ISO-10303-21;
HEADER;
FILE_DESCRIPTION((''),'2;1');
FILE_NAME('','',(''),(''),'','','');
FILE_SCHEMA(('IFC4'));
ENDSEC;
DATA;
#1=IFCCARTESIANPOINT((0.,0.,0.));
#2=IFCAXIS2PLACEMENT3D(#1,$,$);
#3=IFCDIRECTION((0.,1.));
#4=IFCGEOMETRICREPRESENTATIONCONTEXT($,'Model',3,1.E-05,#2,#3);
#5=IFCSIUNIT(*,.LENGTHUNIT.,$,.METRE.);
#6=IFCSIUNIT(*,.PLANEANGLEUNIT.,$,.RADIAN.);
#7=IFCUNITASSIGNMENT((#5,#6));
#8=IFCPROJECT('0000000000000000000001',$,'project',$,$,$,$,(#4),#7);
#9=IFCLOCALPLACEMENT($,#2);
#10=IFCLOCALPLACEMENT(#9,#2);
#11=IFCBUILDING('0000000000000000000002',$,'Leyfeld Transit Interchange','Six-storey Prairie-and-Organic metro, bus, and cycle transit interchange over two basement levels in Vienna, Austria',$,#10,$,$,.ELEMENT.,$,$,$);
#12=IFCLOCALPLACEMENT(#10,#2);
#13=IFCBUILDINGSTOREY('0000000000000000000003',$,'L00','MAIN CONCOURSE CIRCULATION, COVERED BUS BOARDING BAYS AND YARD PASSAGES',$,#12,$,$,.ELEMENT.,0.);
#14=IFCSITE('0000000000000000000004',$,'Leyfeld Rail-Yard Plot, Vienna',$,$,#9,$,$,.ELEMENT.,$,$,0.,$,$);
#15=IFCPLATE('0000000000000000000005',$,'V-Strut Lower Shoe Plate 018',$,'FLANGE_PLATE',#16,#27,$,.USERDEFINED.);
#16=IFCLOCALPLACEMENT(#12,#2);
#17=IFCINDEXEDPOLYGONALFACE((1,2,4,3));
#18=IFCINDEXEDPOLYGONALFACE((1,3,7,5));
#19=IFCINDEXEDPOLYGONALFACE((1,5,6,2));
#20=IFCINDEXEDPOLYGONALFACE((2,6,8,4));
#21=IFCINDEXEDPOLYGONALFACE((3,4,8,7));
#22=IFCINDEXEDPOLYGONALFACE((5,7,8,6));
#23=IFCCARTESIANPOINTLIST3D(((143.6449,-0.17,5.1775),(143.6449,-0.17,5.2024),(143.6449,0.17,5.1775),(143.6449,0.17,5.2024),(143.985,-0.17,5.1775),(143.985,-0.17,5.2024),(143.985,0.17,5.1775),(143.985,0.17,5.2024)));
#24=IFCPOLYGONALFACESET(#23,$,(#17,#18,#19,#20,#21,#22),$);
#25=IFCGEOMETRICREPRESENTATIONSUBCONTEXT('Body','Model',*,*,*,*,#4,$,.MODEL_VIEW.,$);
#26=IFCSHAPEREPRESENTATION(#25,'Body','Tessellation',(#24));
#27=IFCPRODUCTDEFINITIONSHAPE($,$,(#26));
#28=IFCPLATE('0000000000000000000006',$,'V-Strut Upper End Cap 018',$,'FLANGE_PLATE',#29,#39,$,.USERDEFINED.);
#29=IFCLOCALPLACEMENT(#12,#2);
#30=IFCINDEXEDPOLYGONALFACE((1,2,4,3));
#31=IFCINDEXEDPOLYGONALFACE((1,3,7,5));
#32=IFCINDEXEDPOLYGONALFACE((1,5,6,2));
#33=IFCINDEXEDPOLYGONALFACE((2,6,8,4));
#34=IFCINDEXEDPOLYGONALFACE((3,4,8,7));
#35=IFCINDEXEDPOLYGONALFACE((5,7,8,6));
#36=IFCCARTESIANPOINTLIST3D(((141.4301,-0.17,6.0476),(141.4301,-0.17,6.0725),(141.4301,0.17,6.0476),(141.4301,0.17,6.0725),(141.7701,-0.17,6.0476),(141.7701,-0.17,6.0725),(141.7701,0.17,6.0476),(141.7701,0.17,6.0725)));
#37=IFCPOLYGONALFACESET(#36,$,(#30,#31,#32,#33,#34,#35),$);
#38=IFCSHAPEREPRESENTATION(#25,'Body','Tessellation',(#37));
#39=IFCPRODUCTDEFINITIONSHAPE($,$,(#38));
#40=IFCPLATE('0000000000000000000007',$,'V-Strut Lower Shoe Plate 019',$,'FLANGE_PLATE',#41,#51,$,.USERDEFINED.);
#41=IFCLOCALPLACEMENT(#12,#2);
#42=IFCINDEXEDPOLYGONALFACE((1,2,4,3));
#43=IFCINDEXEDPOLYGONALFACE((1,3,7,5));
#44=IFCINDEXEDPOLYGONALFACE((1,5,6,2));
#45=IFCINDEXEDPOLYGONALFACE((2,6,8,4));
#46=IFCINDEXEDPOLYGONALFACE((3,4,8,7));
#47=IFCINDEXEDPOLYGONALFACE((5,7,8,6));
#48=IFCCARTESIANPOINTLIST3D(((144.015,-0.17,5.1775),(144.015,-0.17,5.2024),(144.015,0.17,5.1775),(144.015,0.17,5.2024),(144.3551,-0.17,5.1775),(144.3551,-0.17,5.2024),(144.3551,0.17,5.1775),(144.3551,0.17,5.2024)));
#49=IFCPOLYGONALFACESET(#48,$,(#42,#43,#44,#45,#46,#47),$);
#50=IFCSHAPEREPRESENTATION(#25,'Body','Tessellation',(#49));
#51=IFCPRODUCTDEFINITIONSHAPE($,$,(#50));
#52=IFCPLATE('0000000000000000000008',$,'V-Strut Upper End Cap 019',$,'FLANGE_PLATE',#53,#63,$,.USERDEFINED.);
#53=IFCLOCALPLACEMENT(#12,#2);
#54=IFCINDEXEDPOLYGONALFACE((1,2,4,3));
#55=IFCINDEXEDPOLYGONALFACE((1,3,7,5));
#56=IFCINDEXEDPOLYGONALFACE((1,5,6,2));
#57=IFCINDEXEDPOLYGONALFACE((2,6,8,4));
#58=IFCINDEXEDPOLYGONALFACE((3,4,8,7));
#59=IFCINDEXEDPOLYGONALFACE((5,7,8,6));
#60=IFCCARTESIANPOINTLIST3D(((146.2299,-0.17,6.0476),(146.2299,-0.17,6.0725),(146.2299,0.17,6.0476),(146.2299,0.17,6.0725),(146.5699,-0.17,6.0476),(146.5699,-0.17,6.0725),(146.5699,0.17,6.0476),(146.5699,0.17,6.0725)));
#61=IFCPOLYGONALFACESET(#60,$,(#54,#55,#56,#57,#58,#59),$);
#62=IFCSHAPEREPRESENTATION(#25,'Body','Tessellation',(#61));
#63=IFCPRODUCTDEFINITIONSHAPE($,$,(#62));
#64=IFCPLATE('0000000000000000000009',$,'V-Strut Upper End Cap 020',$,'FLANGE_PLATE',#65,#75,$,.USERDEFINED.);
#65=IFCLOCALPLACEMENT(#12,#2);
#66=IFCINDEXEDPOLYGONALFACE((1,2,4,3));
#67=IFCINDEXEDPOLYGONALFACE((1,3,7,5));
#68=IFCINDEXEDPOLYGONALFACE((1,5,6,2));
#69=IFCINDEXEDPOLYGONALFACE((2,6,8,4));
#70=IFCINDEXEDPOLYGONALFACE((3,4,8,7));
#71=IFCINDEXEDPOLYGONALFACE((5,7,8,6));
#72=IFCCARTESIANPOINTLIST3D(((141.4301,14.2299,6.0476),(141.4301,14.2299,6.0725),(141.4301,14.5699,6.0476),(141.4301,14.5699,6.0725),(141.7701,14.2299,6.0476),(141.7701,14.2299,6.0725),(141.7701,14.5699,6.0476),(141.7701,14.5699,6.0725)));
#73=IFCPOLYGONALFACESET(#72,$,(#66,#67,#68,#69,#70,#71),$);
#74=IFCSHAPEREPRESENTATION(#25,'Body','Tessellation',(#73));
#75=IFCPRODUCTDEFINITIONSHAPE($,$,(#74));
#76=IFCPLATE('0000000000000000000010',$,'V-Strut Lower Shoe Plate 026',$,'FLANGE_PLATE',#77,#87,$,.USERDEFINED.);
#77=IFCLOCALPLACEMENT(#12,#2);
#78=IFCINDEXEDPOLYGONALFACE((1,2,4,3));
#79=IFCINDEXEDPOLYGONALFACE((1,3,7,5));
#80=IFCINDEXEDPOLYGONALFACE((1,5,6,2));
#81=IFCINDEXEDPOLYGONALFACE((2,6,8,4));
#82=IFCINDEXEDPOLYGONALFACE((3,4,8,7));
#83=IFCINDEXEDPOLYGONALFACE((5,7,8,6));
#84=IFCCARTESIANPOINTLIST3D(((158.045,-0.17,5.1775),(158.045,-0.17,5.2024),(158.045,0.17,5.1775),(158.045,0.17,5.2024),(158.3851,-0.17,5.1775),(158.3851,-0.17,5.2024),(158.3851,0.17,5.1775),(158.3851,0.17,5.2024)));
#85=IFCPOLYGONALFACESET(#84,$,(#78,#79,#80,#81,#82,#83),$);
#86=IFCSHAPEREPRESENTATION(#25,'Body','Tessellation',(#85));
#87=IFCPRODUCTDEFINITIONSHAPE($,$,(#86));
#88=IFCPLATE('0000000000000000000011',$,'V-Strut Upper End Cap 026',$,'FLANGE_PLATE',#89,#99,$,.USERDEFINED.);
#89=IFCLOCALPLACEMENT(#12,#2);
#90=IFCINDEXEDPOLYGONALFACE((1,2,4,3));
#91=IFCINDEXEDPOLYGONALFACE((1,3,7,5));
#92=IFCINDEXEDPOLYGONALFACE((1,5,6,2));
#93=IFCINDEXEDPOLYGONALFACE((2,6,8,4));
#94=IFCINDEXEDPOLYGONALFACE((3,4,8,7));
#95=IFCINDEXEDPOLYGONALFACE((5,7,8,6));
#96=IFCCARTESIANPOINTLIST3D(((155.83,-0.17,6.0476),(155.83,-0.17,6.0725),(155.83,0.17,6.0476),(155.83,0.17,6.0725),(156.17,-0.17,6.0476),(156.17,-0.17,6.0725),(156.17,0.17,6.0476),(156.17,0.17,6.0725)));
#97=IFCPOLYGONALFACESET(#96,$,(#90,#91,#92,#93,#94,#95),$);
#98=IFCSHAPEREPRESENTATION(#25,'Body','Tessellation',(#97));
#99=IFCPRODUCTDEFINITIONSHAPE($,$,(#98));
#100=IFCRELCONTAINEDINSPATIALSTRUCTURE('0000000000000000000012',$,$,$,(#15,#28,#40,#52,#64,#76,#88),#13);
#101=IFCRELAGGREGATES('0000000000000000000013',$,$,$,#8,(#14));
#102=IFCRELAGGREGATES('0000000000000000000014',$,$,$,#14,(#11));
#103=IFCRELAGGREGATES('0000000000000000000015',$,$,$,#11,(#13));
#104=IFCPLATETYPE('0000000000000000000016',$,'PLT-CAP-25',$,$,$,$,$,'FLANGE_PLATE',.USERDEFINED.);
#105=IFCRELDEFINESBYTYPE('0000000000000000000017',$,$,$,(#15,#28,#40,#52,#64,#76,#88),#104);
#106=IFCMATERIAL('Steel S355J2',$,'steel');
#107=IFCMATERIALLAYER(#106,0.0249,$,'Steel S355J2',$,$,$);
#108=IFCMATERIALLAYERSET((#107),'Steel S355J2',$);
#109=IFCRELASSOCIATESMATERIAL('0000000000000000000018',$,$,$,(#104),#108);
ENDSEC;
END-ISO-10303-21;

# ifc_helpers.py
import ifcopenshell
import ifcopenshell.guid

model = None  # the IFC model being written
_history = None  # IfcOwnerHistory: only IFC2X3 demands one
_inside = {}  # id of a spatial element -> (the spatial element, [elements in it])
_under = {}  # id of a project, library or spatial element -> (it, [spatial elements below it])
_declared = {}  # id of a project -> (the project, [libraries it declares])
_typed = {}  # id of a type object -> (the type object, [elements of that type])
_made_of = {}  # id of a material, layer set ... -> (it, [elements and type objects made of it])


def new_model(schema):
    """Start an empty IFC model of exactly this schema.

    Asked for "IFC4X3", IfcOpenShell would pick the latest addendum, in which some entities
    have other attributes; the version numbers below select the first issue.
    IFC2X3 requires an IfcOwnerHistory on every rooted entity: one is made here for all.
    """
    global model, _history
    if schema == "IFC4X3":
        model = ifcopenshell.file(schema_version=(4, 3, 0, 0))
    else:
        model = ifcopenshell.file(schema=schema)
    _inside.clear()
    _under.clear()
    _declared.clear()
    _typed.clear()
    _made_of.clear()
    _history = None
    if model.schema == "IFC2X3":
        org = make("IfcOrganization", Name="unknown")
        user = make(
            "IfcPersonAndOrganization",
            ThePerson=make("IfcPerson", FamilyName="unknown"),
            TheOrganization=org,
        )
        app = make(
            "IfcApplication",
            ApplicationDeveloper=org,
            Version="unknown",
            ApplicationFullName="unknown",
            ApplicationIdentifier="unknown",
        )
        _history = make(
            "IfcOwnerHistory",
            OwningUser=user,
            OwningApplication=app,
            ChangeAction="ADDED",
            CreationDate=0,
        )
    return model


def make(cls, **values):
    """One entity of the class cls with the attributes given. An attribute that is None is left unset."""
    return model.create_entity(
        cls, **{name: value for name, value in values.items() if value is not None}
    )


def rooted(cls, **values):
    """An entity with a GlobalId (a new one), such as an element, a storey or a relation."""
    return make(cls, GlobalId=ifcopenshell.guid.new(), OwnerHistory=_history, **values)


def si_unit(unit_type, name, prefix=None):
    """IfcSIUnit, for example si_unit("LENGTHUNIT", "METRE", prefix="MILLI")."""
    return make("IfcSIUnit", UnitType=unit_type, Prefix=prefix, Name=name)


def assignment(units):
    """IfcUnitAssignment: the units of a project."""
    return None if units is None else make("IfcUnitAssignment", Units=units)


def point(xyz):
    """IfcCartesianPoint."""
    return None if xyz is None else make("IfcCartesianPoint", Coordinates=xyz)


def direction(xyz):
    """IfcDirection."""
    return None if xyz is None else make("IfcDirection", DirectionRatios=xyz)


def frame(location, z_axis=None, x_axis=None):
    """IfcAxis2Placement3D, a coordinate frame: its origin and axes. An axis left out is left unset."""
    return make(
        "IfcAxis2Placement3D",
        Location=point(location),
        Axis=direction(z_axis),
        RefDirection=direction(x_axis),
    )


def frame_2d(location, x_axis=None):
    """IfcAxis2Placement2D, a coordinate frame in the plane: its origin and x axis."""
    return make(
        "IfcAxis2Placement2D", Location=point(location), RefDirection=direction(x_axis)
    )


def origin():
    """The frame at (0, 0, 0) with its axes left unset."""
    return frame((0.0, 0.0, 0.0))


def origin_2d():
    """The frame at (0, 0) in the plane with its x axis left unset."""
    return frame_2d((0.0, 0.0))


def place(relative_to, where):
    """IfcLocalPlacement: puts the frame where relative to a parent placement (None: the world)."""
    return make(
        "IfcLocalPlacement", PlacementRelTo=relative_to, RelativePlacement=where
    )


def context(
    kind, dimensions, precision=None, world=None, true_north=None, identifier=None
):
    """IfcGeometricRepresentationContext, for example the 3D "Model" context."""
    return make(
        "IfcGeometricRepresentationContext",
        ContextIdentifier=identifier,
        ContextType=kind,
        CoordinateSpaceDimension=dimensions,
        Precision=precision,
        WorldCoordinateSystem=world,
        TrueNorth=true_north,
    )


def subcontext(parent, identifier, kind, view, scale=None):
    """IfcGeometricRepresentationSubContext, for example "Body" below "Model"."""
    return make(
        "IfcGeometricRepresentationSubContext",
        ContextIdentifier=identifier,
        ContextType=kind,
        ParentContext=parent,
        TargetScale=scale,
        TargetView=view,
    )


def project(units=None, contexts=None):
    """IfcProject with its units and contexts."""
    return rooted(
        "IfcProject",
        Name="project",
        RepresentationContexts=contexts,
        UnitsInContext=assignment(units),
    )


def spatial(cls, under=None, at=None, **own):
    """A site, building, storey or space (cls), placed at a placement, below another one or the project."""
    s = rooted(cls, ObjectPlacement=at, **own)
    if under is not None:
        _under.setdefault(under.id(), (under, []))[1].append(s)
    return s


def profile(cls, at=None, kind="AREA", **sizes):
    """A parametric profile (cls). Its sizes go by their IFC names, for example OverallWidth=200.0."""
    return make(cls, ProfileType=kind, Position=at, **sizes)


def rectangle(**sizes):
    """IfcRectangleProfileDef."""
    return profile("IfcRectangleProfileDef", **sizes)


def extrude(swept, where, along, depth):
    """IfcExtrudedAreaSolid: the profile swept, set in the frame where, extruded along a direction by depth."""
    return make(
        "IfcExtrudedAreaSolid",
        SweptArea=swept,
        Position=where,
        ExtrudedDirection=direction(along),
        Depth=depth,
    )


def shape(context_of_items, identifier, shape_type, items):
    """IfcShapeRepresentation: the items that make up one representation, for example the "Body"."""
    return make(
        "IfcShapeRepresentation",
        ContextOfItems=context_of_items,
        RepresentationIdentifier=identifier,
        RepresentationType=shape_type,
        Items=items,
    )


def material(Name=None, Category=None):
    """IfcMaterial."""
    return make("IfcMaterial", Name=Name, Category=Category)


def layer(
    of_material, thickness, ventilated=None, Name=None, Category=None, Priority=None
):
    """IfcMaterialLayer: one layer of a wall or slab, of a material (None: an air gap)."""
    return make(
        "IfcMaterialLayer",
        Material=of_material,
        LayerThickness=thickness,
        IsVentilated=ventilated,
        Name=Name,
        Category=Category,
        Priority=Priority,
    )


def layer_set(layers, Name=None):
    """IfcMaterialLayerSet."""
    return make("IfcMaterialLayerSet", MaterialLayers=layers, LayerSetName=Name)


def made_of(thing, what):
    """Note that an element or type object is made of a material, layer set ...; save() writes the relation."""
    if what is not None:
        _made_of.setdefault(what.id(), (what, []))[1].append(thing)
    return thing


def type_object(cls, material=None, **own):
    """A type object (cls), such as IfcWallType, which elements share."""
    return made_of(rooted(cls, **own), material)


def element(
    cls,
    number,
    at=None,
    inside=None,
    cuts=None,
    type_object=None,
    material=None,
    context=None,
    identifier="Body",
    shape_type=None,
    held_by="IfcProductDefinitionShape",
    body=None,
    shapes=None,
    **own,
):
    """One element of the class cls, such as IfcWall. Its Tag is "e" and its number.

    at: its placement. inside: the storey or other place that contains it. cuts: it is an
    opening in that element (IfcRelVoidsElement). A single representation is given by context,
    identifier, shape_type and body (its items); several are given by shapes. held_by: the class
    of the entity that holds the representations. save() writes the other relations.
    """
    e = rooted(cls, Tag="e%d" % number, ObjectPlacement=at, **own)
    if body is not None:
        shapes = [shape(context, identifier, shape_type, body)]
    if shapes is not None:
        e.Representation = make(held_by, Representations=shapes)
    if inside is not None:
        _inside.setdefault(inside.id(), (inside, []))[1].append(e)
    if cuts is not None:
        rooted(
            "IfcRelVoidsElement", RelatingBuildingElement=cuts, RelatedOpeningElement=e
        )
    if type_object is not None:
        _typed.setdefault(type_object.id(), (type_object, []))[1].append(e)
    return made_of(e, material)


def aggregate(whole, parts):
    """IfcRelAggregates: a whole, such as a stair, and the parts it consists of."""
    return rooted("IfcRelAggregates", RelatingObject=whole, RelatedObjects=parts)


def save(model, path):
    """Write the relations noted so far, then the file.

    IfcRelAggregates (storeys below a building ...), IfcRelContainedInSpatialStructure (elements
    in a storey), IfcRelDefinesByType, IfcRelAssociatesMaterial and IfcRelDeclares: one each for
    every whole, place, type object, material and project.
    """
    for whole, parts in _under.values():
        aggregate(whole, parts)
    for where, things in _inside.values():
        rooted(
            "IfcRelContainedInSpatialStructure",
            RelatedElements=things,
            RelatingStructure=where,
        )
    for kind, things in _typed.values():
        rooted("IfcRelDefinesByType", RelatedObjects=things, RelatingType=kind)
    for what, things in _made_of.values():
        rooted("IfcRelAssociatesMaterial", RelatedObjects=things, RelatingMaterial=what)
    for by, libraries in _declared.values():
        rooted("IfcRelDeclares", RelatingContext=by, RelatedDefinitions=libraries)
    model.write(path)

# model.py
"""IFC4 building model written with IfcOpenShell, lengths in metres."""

from ifc_helpers import new_model, si_unit, direction, frame, origin, origin_2d, place, context, subcontext, project, spatial, rectangle, extrude, material, layer, layer_set, type_object, element, save


model = new_model("IFC4")

# Units and contexts
model_context = context("Model", 3, precision=1e-05, world=origin(), true_north=direction((0.0, 1.0)))
body_context = subcontext(model_context, "Body", "Model", "MODEL_VIEW")
ifc_project = project(units=[si_unit("LENGTHUNIT", "METRE"), si_unit("PLANEANGLEUNIT", "RADIAN")], contexts=[model_context])

# Site, building, storey
site_placement = place(None, origin())
site = spatial("IfcSite", under=ifc_project, at=site_placement, Name="Leyfeld Rail-Yard Plot, Vienna", CompositionType="ELEMENT", RefElevation=0.0)
building_placement = place(site_placement, origin())
building = spatial("IfcBuilding", under=site, at=building_placement, Name="Leyfeld Transit Interchange", Description="Six-storey Prairie-and-Organic metro, bus, and cycle transit interchange over two basement levels in Vienna, Austria", CompositionType="ELEMENT")
storey_placement = place(building_placement, origin())
storey = spatial("IfcBuildingStorey", under=building, at=storey_placement, Name="L00", Description="MAIN CONCOURSE CIRCULATION, COVERED BUS BOARDING BAYS AND YARD PASSAGES", CompositionType="ELEMENT", Elevation=0.0)

# Shared definitions
ifc_material_1 = material(Name="Steel S355J2", Category="steel")

# Plates
ifc_layer_1 = layer(ifc_material_1, 0.0249, Name="Steel S355J2")
ifc_layer_set_1 = layer_set([ifc_layer_1], Name="Steel S355J2")
plate_type_1 = type_object("IfcPlateType", Name="PLT-CAP-25", ElementType="FLANGE_PLATE", PredefinedType="USERDEFINED", material=ifc_layer_set_1)
for number, where, z_axis, x_axis, name in (
    (1, (143.8149, 0.0, 5.1775), (0.0, 0.0, 1.0), (1.0, 0.0, 0.0), "V-Strut Lower Shoe Plate 018"),
    (2, (141.6001, 0.0, 6.0476), (0.0, 0.0, 1.0), (1.0, 0.0, 0.0), "V-Strut Upper End Cap 018"),
    (3, (144.1851, 0.0, 5.1775), (0.0, 0.0, 1.0), (1.0, 0.0, 0.0), "V-Strut Lower Shoe Plate 019"),
    (4, (146.3999, 0.0, 6.0476), (0.0, 0.0, 1.0), (1.0, 0.0, 0.0), "V-Strut Upper End Cap 019"),
    (5, (141.6001, 14.3999, 6.0476), (0.0, 0.0, 1.0), (1.0, 0.0, 0.0), "V-Strut Upper End Cap 020"),
    (6, (158.2151, 0.0, 5.1775), (0.0, 0.0, 1.0), (1.0, 0.0, 0.0), "V-Strut Lower Shoe Plate 026"),
    (7, (156.0, 0.0, 6.0476), (0.0, 0.0, 1.0), (1.0, 0.0, 0.0), "V-Strut Upper End Cap 026"),
):
    element("IfcPlate", number, at=place(storey_placement, frame(where, z_axis=z_axis, x_axis=x_axis)), inside=storey, type_object=plate_type_1, Name=name, ObjectType="FLANGE_PLATE", PredefinedType="USERDEFINED", context=body_context, shape_type="SweptSolid", body=[
        extrude(rectangle(XDim=0.3401, YDim=0.3401, at=origin_2d()), origin(), (0.0, 0.0, 1.0), 0.0249),
    ])

save(model, "model.ifc")
